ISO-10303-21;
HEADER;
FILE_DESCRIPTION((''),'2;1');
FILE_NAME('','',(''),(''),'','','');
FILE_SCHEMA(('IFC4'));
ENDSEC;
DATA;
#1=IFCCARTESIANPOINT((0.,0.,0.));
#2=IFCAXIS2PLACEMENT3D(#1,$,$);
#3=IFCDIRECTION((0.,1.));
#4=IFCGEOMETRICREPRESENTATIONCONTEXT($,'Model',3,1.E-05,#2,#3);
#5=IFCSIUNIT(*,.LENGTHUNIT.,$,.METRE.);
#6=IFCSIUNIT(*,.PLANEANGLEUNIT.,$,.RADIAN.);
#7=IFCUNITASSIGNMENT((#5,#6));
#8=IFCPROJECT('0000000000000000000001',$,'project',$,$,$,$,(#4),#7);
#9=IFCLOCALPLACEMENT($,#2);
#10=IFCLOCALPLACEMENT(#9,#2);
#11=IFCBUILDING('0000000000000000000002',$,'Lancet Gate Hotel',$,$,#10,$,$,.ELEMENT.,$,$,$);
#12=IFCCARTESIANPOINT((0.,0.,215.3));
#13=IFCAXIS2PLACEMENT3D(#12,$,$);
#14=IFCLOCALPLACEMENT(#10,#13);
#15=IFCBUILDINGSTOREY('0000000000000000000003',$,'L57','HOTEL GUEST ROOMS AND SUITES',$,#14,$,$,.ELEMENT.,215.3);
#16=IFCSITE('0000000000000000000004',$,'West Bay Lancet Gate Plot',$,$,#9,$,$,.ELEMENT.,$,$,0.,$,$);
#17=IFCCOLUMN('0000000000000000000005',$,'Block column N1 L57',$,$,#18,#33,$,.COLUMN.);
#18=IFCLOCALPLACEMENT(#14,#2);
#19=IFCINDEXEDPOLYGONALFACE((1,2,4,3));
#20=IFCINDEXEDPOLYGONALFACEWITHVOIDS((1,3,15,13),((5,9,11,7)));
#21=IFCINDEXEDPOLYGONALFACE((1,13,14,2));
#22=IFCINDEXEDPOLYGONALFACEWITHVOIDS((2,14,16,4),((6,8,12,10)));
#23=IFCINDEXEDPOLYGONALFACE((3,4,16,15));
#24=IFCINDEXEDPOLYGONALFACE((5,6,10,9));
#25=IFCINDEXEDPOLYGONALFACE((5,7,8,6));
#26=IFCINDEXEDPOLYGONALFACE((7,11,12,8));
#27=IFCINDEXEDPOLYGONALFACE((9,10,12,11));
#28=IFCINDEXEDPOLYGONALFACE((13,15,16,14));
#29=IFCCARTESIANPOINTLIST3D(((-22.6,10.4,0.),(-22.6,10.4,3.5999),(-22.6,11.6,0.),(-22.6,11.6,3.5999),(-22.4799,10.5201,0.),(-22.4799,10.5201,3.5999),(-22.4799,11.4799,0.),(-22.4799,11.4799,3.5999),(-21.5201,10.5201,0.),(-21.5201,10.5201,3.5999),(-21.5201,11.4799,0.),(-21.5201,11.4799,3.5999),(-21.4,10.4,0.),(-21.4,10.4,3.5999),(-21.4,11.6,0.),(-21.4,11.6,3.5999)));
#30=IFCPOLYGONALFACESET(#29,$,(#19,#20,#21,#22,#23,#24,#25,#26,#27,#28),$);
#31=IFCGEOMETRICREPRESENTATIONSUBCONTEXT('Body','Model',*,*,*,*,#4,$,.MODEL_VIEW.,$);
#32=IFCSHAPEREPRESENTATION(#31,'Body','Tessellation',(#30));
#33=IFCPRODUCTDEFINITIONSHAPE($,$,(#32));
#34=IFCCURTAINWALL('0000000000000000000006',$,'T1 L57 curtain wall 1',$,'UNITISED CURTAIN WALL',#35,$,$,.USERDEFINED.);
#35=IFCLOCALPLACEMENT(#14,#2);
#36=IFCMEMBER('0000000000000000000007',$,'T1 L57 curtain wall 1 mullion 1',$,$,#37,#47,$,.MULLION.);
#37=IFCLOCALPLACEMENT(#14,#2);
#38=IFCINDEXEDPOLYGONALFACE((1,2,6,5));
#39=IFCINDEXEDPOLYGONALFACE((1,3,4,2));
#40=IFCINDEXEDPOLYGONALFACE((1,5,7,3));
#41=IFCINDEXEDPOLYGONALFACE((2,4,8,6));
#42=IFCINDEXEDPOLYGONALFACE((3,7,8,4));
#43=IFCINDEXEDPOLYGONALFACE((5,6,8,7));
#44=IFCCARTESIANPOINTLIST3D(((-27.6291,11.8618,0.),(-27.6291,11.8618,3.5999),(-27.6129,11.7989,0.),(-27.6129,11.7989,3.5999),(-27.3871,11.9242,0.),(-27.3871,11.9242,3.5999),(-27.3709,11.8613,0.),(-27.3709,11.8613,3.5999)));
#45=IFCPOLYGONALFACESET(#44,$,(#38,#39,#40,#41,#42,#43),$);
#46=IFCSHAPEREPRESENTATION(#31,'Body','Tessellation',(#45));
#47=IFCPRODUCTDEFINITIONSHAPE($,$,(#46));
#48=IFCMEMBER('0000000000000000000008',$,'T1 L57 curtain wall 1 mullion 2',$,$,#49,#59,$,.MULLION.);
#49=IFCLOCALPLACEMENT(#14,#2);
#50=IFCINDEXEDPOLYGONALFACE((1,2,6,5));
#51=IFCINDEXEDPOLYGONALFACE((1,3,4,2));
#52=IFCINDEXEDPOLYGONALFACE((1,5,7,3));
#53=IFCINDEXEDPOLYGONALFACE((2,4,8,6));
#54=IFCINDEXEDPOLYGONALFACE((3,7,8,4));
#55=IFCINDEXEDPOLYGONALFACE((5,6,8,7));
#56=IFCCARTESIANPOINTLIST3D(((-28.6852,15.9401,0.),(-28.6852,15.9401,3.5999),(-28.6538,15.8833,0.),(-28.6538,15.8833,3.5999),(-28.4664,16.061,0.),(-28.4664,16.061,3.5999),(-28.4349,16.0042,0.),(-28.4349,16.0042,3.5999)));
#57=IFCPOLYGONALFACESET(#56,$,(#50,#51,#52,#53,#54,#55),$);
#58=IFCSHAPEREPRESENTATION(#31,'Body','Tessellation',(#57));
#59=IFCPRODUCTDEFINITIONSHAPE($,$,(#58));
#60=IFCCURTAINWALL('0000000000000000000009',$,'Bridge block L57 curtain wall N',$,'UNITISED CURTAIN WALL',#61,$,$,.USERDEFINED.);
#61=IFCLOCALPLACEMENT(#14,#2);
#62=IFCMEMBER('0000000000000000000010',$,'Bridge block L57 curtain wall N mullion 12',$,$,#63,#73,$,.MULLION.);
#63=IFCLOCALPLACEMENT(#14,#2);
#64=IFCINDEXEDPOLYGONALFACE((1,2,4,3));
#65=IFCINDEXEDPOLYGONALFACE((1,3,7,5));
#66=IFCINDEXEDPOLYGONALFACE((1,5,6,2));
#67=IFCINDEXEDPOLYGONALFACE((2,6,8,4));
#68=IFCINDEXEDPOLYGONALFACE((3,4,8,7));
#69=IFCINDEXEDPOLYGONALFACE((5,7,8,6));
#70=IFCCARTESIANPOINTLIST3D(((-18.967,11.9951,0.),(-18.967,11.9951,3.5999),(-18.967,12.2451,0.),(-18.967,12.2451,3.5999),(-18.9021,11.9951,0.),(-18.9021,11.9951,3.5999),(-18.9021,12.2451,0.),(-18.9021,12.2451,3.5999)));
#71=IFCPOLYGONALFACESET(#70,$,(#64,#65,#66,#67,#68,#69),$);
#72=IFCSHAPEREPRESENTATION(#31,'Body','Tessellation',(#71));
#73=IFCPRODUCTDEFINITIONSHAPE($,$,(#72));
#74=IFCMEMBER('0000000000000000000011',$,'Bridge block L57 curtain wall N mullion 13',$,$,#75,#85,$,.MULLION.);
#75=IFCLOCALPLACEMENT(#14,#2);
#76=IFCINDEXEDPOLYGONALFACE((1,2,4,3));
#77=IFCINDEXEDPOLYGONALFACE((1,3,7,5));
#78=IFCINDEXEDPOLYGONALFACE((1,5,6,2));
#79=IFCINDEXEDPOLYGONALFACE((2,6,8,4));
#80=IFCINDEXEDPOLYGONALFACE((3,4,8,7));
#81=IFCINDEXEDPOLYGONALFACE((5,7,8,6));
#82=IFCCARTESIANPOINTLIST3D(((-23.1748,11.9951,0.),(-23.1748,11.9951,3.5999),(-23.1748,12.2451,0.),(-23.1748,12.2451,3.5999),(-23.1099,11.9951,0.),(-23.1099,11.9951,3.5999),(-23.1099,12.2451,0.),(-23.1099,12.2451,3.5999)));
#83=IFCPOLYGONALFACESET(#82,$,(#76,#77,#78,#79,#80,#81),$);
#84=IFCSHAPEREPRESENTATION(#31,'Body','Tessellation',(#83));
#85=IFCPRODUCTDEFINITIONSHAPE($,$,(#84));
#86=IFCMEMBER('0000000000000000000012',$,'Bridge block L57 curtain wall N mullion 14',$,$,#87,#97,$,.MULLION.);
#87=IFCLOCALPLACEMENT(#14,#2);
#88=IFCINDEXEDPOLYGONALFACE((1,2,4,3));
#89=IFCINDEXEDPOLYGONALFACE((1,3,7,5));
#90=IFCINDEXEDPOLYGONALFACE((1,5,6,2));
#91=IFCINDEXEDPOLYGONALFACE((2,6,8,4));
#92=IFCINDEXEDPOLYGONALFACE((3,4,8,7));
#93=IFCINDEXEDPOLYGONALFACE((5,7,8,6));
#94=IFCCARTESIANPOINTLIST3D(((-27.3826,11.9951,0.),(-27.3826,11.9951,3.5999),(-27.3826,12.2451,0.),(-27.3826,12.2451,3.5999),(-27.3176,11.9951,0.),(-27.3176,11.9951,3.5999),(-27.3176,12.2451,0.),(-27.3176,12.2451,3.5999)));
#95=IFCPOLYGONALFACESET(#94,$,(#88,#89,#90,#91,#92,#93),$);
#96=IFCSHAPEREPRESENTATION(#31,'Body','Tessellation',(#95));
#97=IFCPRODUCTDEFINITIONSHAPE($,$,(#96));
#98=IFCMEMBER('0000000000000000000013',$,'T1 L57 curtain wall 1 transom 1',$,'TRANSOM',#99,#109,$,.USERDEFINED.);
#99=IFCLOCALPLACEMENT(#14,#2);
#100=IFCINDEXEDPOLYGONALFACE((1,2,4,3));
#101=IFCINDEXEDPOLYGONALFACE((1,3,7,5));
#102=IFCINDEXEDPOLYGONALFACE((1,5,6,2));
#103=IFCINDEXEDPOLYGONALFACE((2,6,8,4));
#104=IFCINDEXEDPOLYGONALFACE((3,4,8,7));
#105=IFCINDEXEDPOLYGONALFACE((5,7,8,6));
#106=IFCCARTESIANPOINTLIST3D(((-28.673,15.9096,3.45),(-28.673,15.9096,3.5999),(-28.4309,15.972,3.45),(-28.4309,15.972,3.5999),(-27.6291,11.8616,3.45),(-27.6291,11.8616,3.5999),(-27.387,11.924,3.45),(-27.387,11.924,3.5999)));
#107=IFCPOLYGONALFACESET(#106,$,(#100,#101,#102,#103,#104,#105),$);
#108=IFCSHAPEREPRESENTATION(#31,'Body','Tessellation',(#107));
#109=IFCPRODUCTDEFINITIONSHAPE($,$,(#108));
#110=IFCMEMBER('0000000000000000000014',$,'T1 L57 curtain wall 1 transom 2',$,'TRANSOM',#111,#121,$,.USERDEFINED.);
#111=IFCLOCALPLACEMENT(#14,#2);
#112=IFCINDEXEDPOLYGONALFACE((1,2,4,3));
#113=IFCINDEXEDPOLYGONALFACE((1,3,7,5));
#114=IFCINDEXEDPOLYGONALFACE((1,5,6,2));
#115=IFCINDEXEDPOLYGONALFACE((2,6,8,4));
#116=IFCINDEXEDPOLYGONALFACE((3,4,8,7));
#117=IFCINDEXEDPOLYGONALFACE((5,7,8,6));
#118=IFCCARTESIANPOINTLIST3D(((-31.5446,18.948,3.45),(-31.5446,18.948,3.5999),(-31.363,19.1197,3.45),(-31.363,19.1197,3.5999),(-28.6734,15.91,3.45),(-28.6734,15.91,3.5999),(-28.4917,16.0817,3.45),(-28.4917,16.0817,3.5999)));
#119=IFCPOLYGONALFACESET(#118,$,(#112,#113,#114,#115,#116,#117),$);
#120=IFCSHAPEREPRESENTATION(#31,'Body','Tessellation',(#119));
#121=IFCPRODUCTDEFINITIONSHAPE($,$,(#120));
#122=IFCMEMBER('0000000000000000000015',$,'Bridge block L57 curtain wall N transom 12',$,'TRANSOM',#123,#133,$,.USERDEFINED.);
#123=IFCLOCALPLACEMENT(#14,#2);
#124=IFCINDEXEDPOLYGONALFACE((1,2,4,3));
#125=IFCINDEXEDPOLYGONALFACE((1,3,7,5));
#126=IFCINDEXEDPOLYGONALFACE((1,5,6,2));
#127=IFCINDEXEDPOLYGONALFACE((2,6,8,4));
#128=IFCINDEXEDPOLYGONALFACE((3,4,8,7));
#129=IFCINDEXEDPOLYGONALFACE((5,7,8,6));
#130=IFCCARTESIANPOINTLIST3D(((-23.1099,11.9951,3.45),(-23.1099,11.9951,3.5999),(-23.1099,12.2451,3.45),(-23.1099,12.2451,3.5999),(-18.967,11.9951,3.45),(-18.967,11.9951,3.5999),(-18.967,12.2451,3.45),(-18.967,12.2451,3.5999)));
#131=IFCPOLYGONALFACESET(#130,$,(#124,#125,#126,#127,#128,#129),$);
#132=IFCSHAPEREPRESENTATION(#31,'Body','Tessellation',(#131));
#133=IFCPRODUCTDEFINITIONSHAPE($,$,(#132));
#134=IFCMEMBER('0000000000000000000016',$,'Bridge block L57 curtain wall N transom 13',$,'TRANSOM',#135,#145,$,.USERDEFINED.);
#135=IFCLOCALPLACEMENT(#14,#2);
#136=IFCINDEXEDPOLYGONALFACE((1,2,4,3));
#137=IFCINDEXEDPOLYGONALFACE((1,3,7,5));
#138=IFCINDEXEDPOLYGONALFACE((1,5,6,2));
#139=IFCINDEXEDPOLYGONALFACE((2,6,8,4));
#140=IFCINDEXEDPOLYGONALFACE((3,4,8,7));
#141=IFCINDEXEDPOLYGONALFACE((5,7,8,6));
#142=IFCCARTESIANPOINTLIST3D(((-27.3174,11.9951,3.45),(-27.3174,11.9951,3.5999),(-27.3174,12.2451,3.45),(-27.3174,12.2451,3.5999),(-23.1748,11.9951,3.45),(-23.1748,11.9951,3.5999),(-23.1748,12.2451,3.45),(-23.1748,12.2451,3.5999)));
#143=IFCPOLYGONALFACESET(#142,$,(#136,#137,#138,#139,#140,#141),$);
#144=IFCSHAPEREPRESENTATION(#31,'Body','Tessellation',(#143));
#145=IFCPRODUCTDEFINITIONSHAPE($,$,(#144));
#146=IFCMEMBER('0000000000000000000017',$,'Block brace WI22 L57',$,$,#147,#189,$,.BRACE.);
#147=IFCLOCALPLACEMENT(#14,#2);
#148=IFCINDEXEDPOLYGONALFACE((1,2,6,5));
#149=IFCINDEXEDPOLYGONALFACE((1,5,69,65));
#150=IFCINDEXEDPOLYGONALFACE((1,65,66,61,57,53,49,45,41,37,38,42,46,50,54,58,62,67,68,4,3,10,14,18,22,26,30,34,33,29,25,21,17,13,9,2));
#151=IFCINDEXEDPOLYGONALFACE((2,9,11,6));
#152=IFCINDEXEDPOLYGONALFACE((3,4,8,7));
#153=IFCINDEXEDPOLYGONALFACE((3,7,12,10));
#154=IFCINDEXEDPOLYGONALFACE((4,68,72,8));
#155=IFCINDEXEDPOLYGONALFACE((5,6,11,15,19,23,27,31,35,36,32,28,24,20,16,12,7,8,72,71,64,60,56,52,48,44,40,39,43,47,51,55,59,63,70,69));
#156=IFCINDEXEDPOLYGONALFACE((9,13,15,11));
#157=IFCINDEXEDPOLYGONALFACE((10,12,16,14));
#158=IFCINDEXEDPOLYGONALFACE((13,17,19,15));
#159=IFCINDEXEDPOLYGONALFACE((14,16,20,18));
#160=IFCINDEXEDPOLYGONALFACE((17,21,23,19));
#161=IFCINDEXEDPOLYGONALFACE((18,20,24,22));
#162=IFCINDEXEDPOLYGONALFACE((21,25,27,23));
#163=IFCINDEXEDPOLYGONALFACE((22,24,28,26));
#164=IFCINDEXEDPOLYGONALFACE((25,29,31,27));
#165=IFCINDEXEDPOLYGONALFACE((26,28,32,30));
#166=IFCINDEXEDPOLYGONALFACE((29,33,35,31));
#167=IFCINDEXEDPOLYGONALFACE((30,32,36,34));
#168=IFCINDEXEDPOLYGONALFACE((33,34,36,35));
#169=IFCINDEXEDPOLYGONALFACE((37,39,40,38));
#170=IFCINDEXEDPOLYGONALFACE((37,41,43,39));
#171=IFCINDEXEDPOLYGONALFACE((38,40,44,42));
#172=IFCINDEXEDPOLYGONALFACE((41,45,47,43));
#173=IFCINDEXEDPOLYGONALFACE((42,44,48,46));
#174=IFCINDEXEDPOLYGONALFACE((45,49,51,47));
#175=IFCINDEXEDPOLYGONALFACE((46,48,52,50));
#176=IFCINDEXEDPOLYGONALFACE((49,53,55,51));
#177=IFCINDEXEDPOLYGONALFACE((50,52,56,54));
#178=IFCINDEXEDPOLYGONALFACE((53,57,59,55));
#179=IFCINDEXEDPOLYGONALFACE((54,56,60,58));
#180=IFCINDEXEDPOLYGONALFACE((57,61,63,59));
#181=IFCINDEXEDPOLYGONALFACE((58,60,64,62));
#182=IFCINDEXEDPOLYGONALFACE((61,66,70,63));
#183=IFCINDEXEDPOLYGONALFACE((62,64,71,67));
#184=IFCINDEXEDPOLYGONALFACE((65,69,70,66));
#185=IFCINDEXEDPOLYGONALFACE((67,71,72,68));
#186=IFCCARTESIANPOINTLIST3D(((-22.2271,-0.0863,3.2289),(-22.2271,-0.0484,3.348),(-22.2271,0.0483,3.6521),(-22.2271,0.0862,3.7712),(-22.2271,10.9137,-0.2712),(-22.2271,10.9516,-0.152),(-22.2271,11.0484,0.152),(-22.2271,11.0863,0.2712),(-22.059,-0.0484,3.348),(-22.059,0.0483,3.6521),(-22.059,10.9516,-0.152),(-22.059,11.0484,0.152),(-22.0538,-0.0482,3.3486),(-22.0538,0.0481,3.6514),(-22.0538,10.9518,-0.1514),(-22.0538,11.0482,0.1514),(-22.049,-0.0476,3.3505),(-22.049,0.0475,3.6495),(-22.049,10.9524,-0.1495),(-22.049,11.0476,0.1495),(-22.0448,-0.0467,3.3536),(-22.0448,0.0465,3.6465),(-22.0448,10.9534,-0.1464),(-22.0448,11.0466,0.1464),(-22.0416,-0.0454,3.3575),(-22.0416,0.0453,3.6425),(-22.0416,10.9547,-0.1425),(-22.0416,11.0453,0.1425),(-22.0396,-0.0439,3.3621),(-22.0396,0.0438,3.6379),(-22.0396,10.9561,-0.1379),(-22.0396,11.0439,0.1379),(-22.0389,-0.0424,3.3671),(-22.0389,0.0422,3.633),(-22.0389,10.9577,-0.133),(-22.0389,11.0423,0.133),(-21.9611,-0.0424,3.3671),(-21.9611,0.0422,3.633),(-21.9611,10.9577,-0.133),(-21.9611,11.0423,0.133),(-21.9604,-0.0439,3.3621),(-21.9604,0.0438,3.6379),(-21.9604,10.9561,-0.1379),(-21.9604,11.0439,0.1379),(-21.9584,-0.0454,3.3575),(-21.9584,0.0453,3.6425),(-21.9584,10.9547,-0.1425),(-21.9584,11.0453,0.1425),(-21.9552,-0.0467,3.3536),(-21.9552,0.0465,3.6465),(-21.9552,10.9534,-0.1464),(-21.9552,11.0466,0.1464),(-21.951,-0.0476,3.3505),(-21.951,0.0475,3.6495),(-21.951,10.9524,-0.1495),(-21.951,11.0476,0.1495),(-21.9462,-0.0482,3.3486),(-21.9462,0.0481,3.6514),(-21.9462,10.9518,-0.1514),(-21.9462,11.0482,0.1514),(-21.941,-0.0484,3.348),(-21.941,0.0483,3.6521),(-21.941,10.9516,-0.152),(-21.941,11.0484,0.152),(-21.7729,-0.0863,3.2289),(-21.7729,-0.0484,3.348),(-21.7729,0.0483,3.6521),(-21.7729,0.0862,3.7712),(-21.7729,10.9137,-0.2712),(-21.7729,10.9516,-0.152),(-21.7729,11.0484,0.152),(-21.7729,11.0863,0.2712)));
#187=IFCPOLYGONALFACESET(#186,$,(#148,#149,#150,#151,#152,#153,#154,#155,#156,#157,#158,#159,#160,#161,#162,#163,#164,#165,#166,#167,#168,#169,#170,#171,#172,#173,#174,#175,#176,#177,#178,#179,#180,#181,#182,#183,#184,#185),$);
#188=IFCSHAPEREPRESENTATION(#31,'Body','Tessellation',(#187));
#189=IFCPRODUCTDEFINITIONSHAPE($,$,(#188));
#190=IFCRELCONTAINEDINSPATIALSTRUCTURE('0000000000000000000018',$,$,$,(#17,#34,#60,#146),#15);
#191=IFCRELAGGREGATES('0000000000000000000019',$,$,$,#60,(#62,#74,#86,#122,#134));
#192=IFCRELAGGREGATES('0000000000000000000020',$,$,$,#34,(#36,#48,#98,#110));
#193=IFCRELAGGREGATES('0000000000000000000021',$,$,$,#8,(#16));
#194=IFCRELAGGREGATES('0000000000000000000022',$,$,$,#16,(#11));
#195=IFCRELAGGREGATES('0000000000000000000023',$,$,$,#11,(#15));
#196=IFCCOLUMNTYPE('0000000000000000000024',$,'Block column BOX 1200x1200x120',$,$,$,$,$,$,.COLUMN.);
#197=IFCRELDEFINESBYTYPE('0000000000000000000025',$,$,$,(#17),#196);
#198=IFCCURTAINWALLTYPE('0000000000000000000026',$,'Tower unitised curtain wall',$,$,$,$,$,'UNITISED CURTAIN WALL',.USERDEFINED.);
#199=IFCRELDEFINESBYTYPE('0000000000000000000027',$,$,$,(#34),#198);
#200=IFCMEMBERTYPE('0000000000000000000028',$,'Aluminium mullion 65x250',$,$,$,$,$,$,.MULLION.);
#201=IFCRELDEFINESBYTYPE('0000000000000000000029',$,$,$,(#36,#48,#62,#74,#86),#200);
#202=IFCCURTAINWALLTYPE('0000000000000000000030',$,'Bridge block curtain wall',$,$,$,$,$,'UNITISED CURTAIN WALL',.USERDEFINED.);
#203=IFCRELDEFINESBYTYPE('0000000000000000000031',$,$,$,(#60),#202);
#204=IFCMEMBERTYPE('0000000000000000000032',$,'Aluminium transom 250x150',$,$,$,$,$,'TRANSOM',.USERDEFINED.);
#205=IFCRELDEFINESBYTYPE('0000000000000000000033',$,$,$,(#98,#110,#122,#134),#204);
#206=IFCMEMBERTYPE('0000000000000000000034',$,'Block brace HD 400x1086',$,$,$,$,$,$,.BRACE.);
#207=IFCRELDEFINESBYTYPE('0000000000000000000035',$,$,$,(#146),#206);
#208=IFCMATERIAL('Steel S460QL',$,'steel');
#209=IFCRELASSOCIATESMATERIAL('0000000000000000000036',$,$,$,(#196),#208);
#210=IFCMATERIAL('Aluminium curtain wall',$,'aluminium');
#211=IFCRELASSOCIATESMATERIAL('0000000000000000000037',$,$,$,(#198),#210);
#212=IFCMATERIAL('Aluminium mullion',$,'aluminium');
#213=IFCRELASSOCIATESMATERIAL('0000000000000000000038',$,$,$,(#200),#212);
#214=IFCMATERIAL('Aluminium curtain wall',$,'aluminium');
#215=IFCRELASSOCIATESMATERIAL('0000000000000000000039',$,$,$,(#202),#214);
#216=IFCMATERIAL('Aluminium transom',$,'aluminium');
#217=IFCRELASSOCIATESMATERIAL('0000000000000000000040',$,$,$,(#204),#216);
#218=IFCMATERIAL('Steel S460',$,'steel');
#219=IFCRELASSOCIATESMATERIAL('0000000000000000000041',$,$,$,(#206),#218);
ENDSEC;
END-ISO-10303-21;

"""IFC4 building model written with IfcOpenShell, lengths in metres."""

from ifc_helpers import new_model, si_unit, direction, frame, origin, origin_2d, place, context, subcontext, project, spatial, rectangle, hollow_rectangle, i_section, extrude, material, material_profile, profile_set, type_object, element, aggregate, save


model = new_model("IFC4")

# Units and contexts
model_context = context("Model", 3, precision=1e-05, world=origin(), true_north=direction((0.0, 1.0)))
body_context = subcontext(model_context, "Body", "Model", "MODEL_VIEW")
ifc_project = project(units=[si_unit("LENGTHUNIT", "METRE"), si_unit("PLANEANGLEUNIT", "RADIAN")], contexts=[model_context])

# Site, building, storey
site_placement = place(None, origin())
site = spatial("IfcSite", under=ifc_project, at=site_placement, Name="West Bay Lancet Gate Plot", CompositionType="ELEMENT", RefElevation=0.0)
building_placement = place(site_placement, origin())
building = spatial("IfcBuilding", under=site, at=building_placement, Name="Lancet Gate Hotel", CompositionType="ELEMENT")
storey_placement = place(building_placement, frame((0.0, 0.0, 215.3)))
storey = spatial("IfcBuildingStorey", under=building, at=storey_placement, Name="L57", Description="HOTEL GUEST ROOMS AND SUITES", CompositionType="ELEMENT", Elevation=215.3)

# Column
ifc_material_1 = material(Name="Steel S460QL", Category="steel")
ifc_material_profile_1 = material_profile(ifc_material_1, hollow_rectangle(XDim=1.2, YDim=1.2, WallThickness=0.1201, at=origin_2d()), Name="BOX 1200x1200x120")
ifc_profile_set_1 = profile_set([ifc_material_profile_1], Name="Steel S460QL")
column_type = type_object("IfcColumnType", Name="Block column BOX 1200x1200x120", PredefinedType="COLUMN", material=ifc_profile_set_1)
column_placement = place(storey_placement, frame((-22.0, 11.0, 0.0), z_axis=(0.0, 0.0, 1.0), x_axis=(1.0, 0.0, 0.0)))
element("IfcColumn", 1, at=column_placement, inside=storey, type_object=column_type, Name="Block column N1 L57", PredefinedType="COLUMN", context=body_context, shape_type="SweptSolid", body=[
    extrude(hollow_rectangle(XDim=1.2, YDim=1.2, WallThickness=0.1201, at=origin_2d()), origin(), (0.0, 0.0, 1.0), 3.5999),
])

# Curtain walls, members
ifc_material_2 = material(Name="Aluminium curtain wall", Category="aluminium")
curtain_wall_type_1 = type_object("IfcCurtainWallType", Name="Tower unitised curtain wall", ElementType="UNITISED CURTAIN WALL", PredefinedType="USERDEFINED", material=ifc_material_2)
curtain_wall_1_placement = place(storey_placement, origin())
curtain_wall_1 = element("IfcCurtainWall", 2, at=curtain_wall_1_placement, inside=storey, type_object=curtain_wall_type_1, Name="T1 L57 curtain wall 1", ObjectType="UNITISED CURTAIN WALL", PredefinedType="USERDEFINED")
ifc_material_3 = material(Name="Aluminium mullion", Category="aluminium")
ifc_material_profile_2 = material_profile(ifc_material_3, rectangle(XDim=0.0649, YDim=0.25, at=origin_2d()), Name="MULLION 65x250")
ifc_profile_set_2 = profile_set([ifc_material_profile_2], Name="Aluminium mullion")
member_type_1 = type_object("IfcMemberType", Name="Aluminium mullion 65x250", PredefinedType="MULLION", material=ifc_profile_set_2)
member_1_placement = place(storey_placement, frame((-27.5, 11.8616, 0.0), z_axis=(0.0, 0.0, 1.0), x_axis=(-0.249726, 0.968317, 0.0)))
member_1 = element("IfcMember", 3, at=member_1_placement, type_object=member_type_1, Name="T1 L57 curtain wall 1 mullion 1", PredefinedType="MULLION", context=body_context, shape_type="SweptSolid", body=[
    extrude(rectangle(XDim=0.0649, YDim=0.25, at=origin_2d()), origin(), (0.0, 0.0, 1.0), 3.5999),
])
member_2_placement = place(storey_placement, frame((-28.5601, 15.9722, 0.0), z_axis=(0.0, 0.0, 1.0), x_axis=(-0.483627, 0.875274, 0.0)))
member_2 = element("IfcMember", 4, at=member_2_placement, type_object=member_type_1, Name="T1 L57 curtain wall 1 mullion 2", PredefinedType="MULLION", context=body_context, shape_type="SweptSolid", body=[
    extrude(rectangle(XDim=0.0649, YDim=0.25, at=origin_2d()), origin(), (0.0, 0.0, 1.0), 3.5999),
])
ifc_material_4 = material(Name="Aluminium curtain wall", Category="aluminium")
curtain_wall_type_2 = type_object("IfcCurtainWallType", Name="Bridge block curtain wall", ElementType="UNITISED CURTAIN WALL", PredefinedType="USERDEFINED", material=ifc_material_4)
curtain_wall_2_placement = place(storey_placement, origin())
curtain_wall_2 = element("IfcCurtainWall", 5, at=curtain_wall_2_placement, inside=storey, type_object=curtain_wall_type_2, Name="Bridge block L57 curtain wall N", ObjectType="UNITISED CURTAIN WALL", PredefinedType="USERDEFINED")
member_3_placement = place(storey_placement, frame((-18.9346, 12.1201, 0.0), z_axis=(0.0, 0.0, 1.0), x_axis=(-1.0, 0.0, 0.0)))
member_3 = element("IfcMember", 6, at=member_3_placement, type_object=member_type_1, Name="Bridge block L57 curtain wall N mullion 12", PredefinedType="MULLION", context=body_context, shape_type="SweptSolid", body=[
    extrude(rectangle(XDim=0.0649, YDim=0.25, at=origin_2d()), origin(), (0.0, 0.0, 1.0), 3.5999),
])
member_4_placement = place(storey_placement, frame((-23.1423, 12.1201, 0.0), z_axis=(0.0, 0.0, 1.0), x_axis=(-1.0, 0.0, 0.0)))
member_4 = element("IfcMember", 7, at=member_4_placement, type_object=member_type_1, Name="Bridge block L57 curtain wall N mullion 13", PredefinedType="MULLION", context=body_context, shape_type="SweptSolid", body=[
    extrude(rectangle(XDim=0.0649, YDim=0.25, at=origin_2d()), origin(), (0.0, 0.0, 1.0), 3.5999),
])
member_5_placement = place(storey_placement, frame((-27.3501, 12.1201, 0.0), z_axis=(0.0, 0.0, 1.0), x_axis=(-1.0, 0.0, 0.0)))
member_5 = element("IfcMember", 8, at=member_5_placement, type_object=member_type_1, Name="Bridge block L57 curtain wall N mullion 14", PredefinedType="MULLION", context=body_context, shape_type="SweptSolid", body=[
    extrude(rectangle(XDim=0.0649, YDim=0.25, at=origin_2d()), origin(), (0.0, 0.0, 1.0), 3.5999),
])

# Members
ifc_material_5 = material(Name="Aluminium transom", Category="aluminium")
ifc_material_profile_3 = material_profile(ifc_material_5, rectangle(XDim=0.25, YDim=0.1499, at=origin_2d()), Name="TRANSOM 250x150")
ifc_profile_set_3 = profile_set([ifc_material_profile_3], Name="Aluminium transom")
member_type_2 = type_object("IfcMemberType", Name="Aluminium transom 250x150", ElementType="TRANSOM", PredefinedType="USERDEFINED", material=ifc_profile_set_3)
member_6_placement = place(storey_placement, frame((-27.5081, 11.8928, 3.5249), z_axis=(-0.249716, 0.968319, 0.0), x_axis=(-0.968319, -0.249716, 0.0)))
member_6 = element("IfcMember", 9, at=member_6_placement, type_object=member_type_2, Name="T1 L57 curtain wall 1 transom 1", ObjectType="TRANSOM", PredefinedType="USERDEFINED", context=body_context, shape_type="SweptSolid", body=[
    extrude(rectangle(XDim=0.25, YDim=0.1499, at=origin_2d()), origin(), (0.0, 0.0, 1.0), 4.1804),
])
member_7_placement = place(storey_placement, frame((-28.5825, 15.9958, 3.5249), z_axis=(-0.686881, 0.72677, 0.0), x_axis=(-0.72677, -0.686881, 0.0)))
member_7 = element("IfcMember", 10, at=member_7_placement, type_object=member_type_2, Name="T1 L57 curtain wall 1 transom 2", ObjectType="TRANSOM", PredefinedType="USERDEFINED", context=body_context, shape_type="SweptSolid", body=[
    extrude(rectangle(XDim=0.25, YDim=0.1499, at=origin_2d()), origin(), (0.0, 0.0, 1.0), 4.1802),
])
member_8_placement = place(storey_placement, frame((-18.967, 12.1201, 3.5249), z_axis=(-1.0, 0.0, 0.0), x_axis=(0.0, -1.0, 0.0)))
member_8 = element("IfcMember", 11, at=member_8_placement, type_object=member_type_2, Name="Bridge block L57 curtain wall N transom 12", ObjectType="TRANSOM", PredefinedType="USERDEFINED", context=body_context, shape_type="SweptSolid", body=[
    extrude(rectangle(XDim=0.25, YDim=0.1499, at=origin_2d()), origin(), (0.0, 0.0, 1.0), 4.1428),
])
member_9_placement = place(storey_placement, frame((-23.1748, 12.1201, 3.5249), z_axis=(-1.0, 0.0, 0.0), x_axis=(0.0, -1.0, 0.0)))
member_9 = element("IfcMember", 12, at=member_9_placement, type_object=member_type_2, Name="Bridge block L57 curtain wall N transom 13", ObjectType="TRANSOM", PredefinedType="USERDEFINED", context=body_context, shape_type="SweptSolid", body=[
    extrude(rectangle(XDim=0.25, YDim=0.1499, at=origin_2d()), origin(), (0.0, 0.0, 1.0), 4.1426),
])
ifc_material_6 = material(Name="Steel S460", Category="steel")
ifc_material_profile_4 = material_profile(ifc_material_6, i_section(OverallWidth=0.4541, OverallDepth=0.5691, WebThickness=0.0779, FlangeThickness=0.125, FilletRadius=0.02, at=origin_2d()), Name="HD 400x1086")
ifc_profile_set_4 = profile_set([ifc_material_profile_4], Name="Steel S460")
member_type_3 = type_object("IfcMemberType", Name="Block brace HD 400x1086", PredefinedType="BRACE", material=ifc_profile_set_4)
member_10_placement = place(storey_placement, frame((-22.0, 11.0, 0.0), z_axis=(0.0, -0.952926, 0.303204), x_axis=(1.0, 0.0, 0.0)))
element("IfcMember", 13, at=member_10_placement, inside=storey, type_object=member_type_3, Name="Block brace WI22 L57", PredefinedType="BRACE", context=body_context, shape_type="SweptSolid", body=[
    extrude(i_section(OverallWidth=0.4541, OverallDepth=0.5691, WebThickness=0.0779, FlangeThickness=0.125, FilletRadius=0.02, at=origin_2d()), origin(), (0.0, 0.0, 1.0), 11.5435),
])

aggregate(curtain_wall_2, [member_3, member_4, member_5, member_8, member_9])
aggregate(curtain_wall_1, [member_1, member_2, member_6, member_7])

save(model, "model.ifc")
